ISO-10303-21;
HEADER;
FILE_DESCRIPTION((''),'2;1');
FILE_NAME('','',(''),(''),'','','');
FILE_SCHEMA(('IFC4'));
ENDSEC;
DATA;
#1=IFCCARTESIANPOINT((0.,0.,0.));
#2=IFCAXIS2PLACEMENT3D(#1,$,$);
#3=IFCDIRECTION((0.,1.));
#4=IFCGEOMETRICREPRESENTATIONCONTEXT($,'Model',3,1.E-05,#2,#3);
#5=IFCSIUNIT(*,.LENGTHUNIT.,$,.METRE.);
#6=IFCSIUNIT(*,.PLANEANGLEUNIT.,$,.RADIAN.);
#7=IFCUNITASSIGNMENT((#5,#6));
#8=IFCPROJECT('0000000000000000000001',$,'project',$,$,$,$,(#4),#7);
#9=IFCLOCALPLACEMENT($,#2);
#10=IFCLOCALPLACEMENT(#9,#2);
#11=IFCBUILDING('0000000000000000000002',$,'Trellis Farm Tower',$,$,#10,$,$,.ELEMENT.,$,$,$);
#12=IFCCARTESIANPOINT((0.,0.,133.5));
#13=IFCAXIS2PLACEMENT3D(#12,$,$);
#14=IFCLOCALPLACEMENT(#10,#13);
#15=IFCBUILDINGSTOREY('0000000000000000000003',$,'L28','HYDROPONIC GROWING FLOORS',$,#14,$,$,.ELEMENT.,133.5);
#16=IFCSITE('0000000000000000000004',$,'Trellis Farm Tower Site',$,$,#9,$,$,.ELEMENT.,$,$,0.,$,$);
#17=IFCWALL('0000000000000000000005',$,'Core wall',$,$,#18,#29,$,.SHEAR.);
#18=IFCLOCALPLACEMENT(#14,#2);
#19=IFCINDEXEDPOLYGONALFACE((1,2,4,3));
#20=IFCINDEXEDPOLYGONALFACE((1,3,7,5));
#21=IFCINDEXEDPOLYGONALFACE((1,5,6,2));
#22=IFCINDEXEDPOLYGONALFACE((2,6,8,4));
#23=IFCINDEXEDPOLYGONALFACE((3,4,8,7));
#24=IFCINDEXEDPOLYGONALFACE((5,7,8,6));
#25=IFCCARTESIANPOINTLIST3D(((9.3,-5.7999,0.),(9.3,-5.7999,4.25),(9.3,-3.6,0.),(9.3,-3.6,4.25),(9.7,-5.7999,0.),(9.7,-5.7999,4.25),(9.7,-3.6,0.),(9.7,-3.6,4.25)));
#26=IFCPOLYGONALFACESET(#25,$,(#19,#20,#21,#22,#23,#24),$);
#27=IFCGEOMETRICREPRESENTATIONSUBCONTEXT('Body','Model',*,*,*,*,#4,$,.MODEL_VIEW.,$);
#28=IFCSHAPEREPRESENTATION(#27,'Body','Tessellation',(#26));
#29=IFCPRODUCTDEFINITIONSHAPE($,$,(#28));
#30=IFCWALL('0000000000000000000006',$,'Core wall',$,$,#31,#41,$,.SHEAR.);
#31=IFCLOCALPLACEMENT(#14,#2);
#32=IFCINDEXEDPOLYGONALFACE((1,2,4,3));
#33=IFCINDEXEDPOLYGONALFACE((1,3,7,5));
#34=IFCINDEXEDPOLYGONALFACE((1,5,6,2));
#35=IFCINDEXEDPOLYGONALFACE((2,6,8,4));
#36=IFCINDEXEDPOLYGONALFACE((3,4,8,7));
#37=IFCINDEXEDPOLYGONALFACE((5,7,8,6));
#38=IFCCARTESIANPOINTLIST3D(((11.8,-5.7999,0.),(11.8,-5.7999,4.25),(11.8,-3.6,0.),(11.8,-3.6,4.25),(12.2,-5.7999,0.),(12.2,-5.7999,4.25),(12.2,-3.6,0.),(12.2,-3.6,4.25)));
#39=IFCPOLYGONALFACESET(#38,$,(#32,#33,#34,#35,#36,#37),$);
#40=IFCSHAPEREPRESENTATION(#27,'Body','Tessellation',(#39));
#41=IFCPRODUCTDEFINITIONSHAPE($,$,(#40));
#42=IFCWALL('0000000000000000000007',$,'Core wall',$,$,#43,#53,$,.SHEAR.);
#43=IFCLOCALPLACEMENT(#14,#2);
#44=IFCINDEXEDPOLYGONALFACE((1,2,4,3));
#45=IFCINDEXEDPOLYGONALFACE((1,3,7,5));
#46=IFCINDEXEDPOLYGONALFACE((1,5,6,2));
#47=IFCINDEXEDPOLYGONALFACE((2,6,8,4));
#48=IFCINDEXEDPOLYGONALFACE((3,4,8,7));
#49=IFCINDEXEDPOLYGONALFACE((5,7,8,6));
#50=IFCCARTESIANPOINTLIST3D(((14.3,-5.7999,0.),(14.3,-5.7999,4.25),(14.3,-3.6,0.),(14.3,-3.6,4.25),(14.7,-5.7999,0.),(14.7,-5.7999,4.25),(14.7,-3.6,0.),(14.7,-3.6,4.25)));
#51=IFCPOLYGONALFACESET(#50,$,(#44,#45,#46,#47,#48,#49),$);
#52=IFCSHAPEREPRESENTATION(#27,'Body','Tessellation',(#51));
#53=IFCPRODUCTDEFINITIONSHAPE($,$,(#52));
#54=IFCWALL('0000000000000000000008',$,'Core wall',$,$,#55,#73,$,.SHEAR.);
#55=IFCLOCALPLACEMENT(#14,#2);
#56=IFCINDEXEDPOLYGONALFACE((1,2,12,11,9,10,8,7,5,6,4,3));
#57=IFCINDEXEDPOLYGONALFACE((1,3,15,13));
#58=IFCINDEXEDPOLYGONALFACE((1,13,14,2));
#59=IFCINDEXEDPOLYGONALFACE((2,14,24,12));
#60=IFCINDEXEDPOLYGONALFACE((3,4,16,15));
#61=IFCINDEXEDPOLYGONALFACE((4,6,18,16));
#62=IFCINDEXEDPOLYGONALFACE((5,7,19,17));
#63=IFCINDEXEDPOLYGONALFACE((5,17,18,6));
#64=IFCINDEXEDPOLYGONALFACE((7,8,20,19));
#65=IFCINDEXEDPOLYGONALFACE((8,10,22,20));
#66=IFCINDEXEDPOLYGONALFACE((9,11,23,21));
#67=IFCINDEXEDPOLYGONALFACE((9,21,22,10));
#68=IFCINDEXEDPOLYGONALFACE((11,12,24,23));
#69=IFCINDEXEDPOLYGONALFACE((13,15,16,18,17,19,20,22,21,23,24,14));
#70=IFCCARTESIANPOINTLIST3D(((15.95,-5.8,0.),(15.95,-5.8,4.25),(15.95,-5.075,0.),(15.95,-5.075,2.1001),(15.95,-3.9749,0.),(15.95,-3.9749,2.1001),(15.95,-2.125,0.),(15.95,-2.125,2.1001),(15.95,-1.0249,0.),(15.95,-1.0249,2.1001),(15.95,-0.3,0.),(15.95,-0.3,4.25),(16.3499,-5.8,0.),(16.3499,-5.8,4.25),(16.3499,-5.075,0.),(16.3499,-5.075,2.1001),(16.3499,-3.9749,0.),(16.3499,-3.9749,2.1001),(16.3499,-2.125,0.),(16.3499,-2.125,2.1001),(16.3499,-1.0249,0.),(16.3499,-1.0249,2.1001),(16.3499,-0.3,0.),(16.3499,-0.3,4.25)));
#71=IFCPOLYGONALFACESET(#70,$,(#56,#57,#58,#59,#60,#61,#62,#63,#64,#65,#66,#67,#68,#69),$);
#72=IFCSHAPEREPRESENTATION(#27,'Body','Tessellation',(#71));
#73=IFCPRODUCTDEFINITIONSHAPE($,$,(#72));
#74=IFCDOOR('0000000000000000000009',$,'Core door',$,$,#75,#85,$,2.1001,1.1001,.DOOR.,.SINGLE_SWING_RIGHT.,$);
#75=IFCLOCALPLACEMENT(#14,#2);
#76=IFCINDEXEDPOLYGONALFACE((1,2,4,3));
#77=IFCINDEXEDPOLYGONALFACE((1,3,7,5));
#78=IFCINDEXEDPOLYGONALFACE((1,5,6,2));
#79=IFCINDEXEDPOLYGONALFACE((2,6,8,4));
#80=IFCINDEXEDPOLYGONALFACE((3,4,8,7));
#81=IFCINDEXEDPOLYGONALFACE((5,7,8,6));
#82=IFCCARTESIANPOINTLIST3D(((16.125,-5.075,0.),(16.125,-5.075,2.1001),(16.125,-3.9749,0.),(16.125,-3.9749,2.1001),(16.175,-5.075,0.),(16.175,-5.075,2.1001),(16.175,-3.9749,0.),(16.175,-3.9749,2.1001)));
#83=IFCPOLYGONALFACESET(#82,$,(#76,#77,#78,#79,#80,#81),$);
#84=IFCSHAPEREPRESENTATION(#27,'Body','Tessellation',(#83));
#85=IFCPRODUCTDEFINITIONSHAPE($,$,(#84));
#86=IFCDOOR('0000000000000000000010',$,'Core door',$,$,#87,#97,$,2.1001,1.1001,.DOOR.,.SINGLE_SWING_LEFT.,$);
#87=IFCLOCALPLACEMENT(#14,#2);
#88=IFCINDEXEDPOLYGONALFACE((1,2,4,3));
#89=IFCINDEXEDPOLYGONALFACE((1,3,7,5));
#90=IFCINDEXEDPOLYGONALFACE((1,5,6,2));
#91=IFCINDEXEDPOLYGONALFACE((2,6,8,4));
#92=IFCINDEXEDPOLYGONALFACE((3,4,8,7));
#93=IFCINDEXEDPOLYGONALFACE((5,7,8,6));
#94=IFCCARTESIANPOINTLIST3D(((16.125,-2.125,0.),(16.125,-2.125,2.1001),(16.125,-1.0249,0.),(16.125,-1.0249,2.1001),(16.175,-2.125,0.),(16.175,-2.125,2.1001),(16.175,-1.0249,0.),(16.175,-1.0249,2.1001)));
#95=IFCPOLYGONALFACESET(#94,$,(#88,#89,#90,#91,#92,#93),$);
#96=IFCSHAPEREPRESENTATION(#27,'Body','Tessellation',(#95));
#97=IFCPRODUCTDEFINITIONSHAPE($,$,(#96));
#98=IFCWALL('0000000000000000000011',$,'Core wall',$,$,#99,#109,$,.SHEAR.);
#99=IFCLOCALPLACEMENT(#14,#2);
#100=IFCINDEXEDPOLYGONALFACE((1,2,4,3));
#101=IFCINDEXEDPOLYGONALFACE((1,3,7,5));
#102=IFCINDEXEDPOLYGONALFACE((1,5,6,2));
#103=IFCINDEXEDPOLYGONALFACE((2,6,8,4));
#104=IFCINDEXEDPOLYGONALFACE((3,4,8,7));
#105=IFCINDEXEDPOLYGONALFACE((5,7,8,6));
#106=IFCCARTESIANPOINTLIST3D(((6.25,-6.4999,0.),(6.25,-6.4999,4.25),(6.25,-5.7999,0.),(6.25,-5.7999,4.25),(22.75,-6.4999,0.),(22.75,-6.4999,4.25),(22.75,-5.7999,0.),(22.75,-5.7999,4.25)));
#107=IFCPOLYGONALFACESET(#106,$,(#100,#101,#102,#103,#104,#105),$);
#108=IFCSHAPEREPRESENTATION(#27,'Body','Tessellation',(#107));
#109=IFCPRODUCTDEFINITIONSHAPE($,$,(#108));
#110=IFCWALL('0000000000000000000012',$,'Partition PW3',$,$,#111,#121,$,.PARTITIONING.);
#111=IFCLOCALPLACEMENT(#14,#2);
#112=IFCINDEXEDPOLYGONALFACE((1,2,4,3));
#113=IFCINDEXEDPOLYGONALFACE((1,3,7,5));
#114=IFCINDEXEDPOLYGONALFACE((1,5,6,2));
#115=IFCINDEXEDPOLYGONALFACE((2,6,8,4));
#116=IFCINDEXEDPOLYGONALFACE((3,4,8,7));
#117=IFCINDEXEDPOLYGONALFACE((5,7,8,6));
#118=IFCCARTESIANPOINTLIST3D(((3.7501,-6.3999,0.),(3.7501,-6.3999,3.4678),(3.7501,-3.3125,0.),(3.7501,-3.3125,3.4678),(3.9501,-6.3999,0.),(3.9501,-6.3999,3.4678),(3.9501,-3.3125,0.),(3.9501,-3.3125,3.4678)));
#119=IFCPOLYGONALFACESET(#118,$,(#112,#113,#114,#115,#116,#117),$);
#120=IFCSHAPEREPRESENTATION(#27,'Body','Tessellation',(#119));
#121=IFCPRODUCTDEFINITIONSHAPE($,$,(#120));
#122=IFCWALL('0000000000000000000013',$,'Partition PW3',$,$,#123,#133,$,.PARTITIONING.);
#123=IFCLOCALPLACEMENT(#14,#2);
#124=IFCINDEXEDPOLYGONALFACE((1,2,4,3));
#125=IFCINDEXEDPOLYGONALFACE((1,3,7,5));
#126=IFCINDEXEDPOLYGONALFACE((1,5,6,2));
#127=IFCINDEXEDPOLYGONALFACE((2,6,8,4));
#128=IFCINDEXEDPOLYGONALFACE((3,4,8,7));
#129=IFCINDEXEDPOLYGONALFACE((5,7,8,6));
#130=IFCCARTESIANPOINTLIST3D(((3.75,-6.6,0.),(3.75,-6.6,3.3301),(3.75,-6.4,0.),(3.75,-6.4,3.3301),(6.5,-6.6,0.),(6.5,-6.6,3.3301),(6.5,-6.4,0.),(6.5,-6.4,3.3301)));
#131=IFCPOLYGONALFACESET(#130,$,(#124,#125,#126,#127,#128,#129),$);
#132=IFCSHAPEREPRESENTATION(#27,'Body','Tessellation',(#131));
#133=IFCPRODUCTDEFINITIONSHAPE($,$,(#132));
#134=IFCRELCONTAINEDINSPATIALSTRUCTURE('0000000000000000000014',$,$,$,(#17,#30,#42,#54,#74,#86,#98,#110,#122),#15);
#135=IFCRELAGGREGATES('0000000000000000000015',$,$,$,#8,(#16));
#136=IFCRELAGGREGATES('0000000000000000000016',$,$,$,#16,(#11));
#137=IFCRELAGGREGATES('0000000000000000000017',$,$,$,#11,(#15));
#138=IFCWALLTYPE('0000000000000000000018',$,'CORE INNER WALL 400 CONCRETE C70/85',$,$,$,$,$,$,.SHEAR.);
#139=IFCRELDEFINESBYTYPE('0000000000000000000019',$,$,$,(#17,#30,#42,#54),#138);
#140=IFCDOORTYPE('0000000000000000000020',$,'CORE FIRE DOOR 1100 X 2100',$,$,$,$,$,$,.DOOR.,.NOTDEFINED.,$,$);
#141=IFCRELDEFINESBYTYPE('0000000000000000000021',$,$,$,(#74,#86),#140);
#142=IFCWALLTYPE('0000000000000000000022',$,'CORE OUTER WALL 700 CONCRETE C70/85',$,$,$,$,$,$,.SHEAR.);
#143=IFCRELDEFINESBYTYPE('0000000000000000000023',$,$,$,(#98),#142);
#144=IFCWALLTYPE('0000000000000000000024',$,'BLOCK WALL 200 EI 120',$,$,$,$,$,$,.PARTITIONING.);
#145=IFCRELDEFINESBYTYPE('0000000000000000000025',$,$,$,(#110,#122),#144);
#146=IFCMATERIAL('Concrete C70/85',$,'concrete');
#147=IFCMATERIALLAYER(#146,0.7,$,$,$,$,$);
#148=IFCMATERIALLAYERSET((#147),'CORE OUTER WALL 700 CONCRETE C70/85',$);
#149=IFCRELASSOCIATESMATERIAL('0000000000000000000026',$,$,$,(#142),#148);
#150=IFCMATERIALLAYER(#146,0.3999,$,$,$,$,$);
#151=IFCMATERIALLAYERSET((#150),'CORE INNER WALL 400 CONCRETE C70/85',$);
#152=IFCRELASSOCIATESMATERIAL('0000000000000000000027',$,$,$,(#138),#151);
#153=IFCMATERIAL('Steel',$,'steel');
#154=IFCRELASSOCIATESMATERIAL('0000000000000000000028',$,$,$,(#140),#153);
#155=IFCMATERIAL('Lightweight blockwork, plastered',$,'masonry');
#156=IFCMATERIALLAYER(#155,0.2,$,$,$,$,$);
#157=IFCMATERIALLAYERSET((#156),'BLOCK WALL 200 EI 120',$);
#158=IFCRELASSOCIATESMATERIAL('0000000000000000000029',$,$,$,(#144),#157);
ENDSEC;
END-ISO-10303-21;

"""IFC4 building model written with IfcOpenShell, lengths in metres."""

from ifc_helpers import new_model, si_unit, direction, frame, frame_2d, origin, place, context, subcontext, project, spatial, rectangle, extrude, source, transform, mapped, material, layer, layer_set, type_object, element, fill, save


model = new_model("IFC4")

# Units and contexts
model_context = context("Model", 3, precision=1e-05, world=origin(), true_north=direction((0.0, 1.0)))
body_context = subcontext(model_context, "Body", "Model", "MODEL_VIEW")
ifc_project = project(units=[si_unit("LENGTHUNIT", "METRE"), si_unit("PLANEANGLEUNIT", "RADIAN")], contexts=[model_context])

# Site, building, storey
site_placement = place(None, origin())
site = spatial("IfcSite", under=ifc_project, at=site_placement, Name="Trellis Farm Tower Site", CompositionType="ELEMENT", RefElevation=0.0)
building_placement = place(site_placement, origin())
building = spatial("IfcBuilding", under=site, at=building_placement, Name="Trellis Farm Tower", CompositionType="ELEMENT")
storey_placement = place(building_placement, frame((0.0, 0.0, 133.5)))
storey = spatial("IfcBuildingStorey", under=building, at=storey_placement, Name="L28", Description="HYDROPONIC GROWING FLOORS", CompositionType="ELEMENT", Elevation=133.5)

# Shared definitions
ifc_material_1 = material(Name="Concrete C70/85", Category="concrete")
ifc_layer_1 = layer(ifc_material_1, 0.7)
ifc_layer_set_1 = layer_set([ifc_layer_1], Name="CORE OUTER WALL 700 CONCRETE C70/85")
wall_type_1 = type_object("IfcWallType", Name="CORE OUTER WALL 700 CONCRETE C70/85", PredefinedType="SHEAR", material=ifc_layer_set_1)
ifc_material_2 = material(Name="Steel", Category="steel")

# Walls
ifc_layer_2 = layer(ifc_material_1, 0.3999)
ifc_layer_set_2 = layer_set([ifc_layer_2], Name="CORE INNER WALL 400 CONCRETE C70/85")
wall_type_2 = type_object("IfcWallType", Name="CORE INNER WALL 400 CONCRETE C70/85", PredefinedType="SHEAR", material=ifc_layer_set_2)
shared_shape_1 = source(origin(), body_context, "Body", "SweptSolid", [
    extrude(rectangle(XDim=2.2, YDim=0.3999, at=frame_2d((1.1001, 0.0))), origin(), (0.0, 0.0, 1.0), 4.25),
])
for number, where, z_axis, x_axis, name in (
    (1, (9.5, -5.8, 0.0), (0.0, 0.0, 1.0), (0.0, 1.0, 0.0), "Core wall"),
    (2, (12.0, -5.8, 0.0), (0.0, 0.0, 1.0), (0.0, 1.0, 0.0), "Core wall"),
    (3, (14.5, -5.8, 0.0), (0.0, 0.0, 1.0), (0.0, 1.0, 0.0), "Core wall"),
):
    element("IfcWall", number, at=place(storey_placement, frame(where, z_axis=z_axis, x_axis=x_axis)), inside=storey, type_object=wall_type_2, Name=name, PredefinedType="SHEAR", context=body_context, shape_type="MappedRepresentation", body=[
        mapped(shared_shape_1, transform((0.0, 0.0, 0.0))),
    ])

# Wall, openings, doors
shared_shape_2 = source(origin(), body_context, "Body", "SweptSolid", [
    extrude(rectangle(XDim=5.5, YDim=0.3999, at=frame_2d((2.75, 0.0))), origin(), (0.0, 0.0, 1.0), 4.25),
])
wall_1_placement = place(storey_placement, frame((16.1499, -5.8, 0.0), z_axis=(0.0, 0.0, 1.0), x_axis=(0.0, 1.0, 0.0)))
wall_1 = element("IfcWall", 4, at=wall_1_placement, inside=storey, type_object=wall_type_2, Name="Core wall", PredefinedType="SHEAR", context=body_context, shape_type="MappedRepresentation", body=[
    mapped(shared_shape_2, transform((0.0, 0.0, 0.0))),
])
shared_shape_3 = source(origin(), body_context, "Body", "SweptSolid", [
    extrude(rectangle(XDim=1.1001, YDim=2.1001, at=frame_2d((0.55, 1.05))), frame((0.0, 0.21, 0.0), z_axis=(0.0, -1.0, 0.0), x_axis=(1.0, 0.0, 0.0)), (0.0, 0.0, 1.0), 0.4199),
])
opening_1_placement = place(wall_1_placement, frame((0.7251, 0.0, 0.0)))
opening_1 = element("IfcOpeningElement", 5, at=opening_1_placement, cuts=wall_1, PredefinedType="OPENING", context=body_context, shape_type="MappedRepresentation", body=[
    mapped(shared_shape_3, transform((0.0, 0.0, 0.0))),
])
opening_2_placement = place(wall_1_placement, frame((3.675, 0.0, 0.0)))
opening_2 = element("IfcOpeningElement", 6, at=opening_2_placement, cuts=wall_1, PredefinedType="OPENING", context=body_context, shape_type="MappedRepresentation", body=[
    mapped(shared_shape_3, transform((0.0, 0.0, 0.0))),
])
door_type_1 = type_object("IfcDoorType", Name="CORE FIRE DOOR 1100 X 2100", OperationType="NOTDEFINED", PredefinedType="DOOR", material=ifc_material_2)
shared_shape_4 = source(origin(), body_context, "Body", "SweptSolid", [
    extrude(rectangle(XDim=1.1001, YDim=2.1001, at=frame_2d((0.55, 1.05))), frame((0.0, 0.0249, 0.0), z_axis=(0.0, -1.0, 0.0), x_axis=(1.0, 0.0, 0.0)), (0.0, 0.0, 1.0), 0.05),
])
door_1_placement = place(opening_1_placement, origin())
door_1 = element("IfcDoor", 7, at=door_1_placement, inside=storey, type_object=door_type_1, Name="Core door", OperationType="SINGLE_SWING_RIGHT", OverallHeight=2.1001, OverallWidth=1.1001, PredefinedType="DOOR", context=body_context, shape_type="MappedRepresentation", body=[
    mapped(shared_shape_4, transform((0.0, 0.0, 0.0))),
])
fill(opening_1, door_1)
door_2_placement = place(opening_2_placement, origin())
door_2 = element("IfcDoor", 8, at=door_2_placement, inside=storey, type_object=door_type_1, Name="Core door", OperationType="SINGLE_SWING_LEFT", OverallHeight=2.1001, OverallWidth=1.1001, PredefinedType="DOOR", context=body_context, shape_type="MappedRepresentation", body=[
    mapped(shared_shape_4, transform((0.0, 0.0, 0.0))),
])
fill(opening_2, door_2)

# Walls
shared_shape_5 = source(origin(), body_context, "Body", "SweptSolid", [
    extrude(rectangle(XDim=16.5, YDim=0.7, at=frame_2d((8.25, 0.0))), origin(), (0.0, 0.0, 1.0), 4.25),
])
wall_2_placement = place(storey_placement, frame((6.25, -6.1499, 0.0), z_axis=(0.0, 0.0, 1.0), x_axis=(1.0, 0.0, 0.0)))
element("IfcWall", 9, at=wall_2_placement, inside=storey, type_object=wall_type_1, Name="Core wall", PredefinedType="SHEAR", context=body_context, shape_type="MappedRepresentation", body=[
    mapped(shared_shape_5, transform((0.0, 0.0, 0.0))),
])
ifc_material_3 = material(Name="Lightweight blockwork, plastered", Category="masonry")
ifc_layer_3 = layer(ifc_material_3, 0.2)
ifc_layer_set_3 = layer_set([ifc_layer_3], Name="BLOCK WALL 200 EI 120")
wall_type_3 = type_object("IfcWallType", Name="BLOCK WALL 200 EI 120", PredefinedType="PARTITIONING", material=ifc_layer_set_3)
shared_shape_6 = source(origin(), body_context, "Body", "SweptSolid", [
    extrude(rectangle(XDim=3.0874, YDim=0.2, at=frame_2d((1.5437, 0.0))), origin(), (0.0, 0.0, 1.0), 3.4678),
])
wall_3_placement = place(storey_placement, frame((3.8501, -6.3999, 0.0), z_axis=(0.0, 0.0, 1.0), x_axis=(0.0, 1.0, 0.0)))
element("IfcWall", 10, at=wall_3_placement, inside=storey, type_object=wall_type_3, Name="Partition PW3", PredefinedType="PARTITIONING", context=body_context, shape_type="MappedRepresentation", body=[
    mapped(shared_shape_6, transform((0.0, 0.0, 0.0))),
])
shared_shape_7 = source(origin(), body_context, "Body", "SweptSolid", [
    extrude(rectangle(XDim=2.75, YDim=0.2, at=frame_2d((1.375, 0.0))), origin(), (0.0, 0.0, 1.0), 3.3301),
])
wall_4_placement = place(storey_placement, frame((3.75, -6.5, 0.0), z_axis=(0.0, 0.0, 1.0), x_axis=(1.0, 0.0, 0.0)))
element("IfcWall", 11, at=wall_4_placement, inside=storey, type_object=wall_type_3, Name="Partition PW3", PredefinedType="PARTITIONING", context=body_context, shape_type="MappedRepresentation", body=[
    mapped(shared_shape_7, transform((0.0, 0.0, 0.0))),
])

save(model, "model.ifc")
